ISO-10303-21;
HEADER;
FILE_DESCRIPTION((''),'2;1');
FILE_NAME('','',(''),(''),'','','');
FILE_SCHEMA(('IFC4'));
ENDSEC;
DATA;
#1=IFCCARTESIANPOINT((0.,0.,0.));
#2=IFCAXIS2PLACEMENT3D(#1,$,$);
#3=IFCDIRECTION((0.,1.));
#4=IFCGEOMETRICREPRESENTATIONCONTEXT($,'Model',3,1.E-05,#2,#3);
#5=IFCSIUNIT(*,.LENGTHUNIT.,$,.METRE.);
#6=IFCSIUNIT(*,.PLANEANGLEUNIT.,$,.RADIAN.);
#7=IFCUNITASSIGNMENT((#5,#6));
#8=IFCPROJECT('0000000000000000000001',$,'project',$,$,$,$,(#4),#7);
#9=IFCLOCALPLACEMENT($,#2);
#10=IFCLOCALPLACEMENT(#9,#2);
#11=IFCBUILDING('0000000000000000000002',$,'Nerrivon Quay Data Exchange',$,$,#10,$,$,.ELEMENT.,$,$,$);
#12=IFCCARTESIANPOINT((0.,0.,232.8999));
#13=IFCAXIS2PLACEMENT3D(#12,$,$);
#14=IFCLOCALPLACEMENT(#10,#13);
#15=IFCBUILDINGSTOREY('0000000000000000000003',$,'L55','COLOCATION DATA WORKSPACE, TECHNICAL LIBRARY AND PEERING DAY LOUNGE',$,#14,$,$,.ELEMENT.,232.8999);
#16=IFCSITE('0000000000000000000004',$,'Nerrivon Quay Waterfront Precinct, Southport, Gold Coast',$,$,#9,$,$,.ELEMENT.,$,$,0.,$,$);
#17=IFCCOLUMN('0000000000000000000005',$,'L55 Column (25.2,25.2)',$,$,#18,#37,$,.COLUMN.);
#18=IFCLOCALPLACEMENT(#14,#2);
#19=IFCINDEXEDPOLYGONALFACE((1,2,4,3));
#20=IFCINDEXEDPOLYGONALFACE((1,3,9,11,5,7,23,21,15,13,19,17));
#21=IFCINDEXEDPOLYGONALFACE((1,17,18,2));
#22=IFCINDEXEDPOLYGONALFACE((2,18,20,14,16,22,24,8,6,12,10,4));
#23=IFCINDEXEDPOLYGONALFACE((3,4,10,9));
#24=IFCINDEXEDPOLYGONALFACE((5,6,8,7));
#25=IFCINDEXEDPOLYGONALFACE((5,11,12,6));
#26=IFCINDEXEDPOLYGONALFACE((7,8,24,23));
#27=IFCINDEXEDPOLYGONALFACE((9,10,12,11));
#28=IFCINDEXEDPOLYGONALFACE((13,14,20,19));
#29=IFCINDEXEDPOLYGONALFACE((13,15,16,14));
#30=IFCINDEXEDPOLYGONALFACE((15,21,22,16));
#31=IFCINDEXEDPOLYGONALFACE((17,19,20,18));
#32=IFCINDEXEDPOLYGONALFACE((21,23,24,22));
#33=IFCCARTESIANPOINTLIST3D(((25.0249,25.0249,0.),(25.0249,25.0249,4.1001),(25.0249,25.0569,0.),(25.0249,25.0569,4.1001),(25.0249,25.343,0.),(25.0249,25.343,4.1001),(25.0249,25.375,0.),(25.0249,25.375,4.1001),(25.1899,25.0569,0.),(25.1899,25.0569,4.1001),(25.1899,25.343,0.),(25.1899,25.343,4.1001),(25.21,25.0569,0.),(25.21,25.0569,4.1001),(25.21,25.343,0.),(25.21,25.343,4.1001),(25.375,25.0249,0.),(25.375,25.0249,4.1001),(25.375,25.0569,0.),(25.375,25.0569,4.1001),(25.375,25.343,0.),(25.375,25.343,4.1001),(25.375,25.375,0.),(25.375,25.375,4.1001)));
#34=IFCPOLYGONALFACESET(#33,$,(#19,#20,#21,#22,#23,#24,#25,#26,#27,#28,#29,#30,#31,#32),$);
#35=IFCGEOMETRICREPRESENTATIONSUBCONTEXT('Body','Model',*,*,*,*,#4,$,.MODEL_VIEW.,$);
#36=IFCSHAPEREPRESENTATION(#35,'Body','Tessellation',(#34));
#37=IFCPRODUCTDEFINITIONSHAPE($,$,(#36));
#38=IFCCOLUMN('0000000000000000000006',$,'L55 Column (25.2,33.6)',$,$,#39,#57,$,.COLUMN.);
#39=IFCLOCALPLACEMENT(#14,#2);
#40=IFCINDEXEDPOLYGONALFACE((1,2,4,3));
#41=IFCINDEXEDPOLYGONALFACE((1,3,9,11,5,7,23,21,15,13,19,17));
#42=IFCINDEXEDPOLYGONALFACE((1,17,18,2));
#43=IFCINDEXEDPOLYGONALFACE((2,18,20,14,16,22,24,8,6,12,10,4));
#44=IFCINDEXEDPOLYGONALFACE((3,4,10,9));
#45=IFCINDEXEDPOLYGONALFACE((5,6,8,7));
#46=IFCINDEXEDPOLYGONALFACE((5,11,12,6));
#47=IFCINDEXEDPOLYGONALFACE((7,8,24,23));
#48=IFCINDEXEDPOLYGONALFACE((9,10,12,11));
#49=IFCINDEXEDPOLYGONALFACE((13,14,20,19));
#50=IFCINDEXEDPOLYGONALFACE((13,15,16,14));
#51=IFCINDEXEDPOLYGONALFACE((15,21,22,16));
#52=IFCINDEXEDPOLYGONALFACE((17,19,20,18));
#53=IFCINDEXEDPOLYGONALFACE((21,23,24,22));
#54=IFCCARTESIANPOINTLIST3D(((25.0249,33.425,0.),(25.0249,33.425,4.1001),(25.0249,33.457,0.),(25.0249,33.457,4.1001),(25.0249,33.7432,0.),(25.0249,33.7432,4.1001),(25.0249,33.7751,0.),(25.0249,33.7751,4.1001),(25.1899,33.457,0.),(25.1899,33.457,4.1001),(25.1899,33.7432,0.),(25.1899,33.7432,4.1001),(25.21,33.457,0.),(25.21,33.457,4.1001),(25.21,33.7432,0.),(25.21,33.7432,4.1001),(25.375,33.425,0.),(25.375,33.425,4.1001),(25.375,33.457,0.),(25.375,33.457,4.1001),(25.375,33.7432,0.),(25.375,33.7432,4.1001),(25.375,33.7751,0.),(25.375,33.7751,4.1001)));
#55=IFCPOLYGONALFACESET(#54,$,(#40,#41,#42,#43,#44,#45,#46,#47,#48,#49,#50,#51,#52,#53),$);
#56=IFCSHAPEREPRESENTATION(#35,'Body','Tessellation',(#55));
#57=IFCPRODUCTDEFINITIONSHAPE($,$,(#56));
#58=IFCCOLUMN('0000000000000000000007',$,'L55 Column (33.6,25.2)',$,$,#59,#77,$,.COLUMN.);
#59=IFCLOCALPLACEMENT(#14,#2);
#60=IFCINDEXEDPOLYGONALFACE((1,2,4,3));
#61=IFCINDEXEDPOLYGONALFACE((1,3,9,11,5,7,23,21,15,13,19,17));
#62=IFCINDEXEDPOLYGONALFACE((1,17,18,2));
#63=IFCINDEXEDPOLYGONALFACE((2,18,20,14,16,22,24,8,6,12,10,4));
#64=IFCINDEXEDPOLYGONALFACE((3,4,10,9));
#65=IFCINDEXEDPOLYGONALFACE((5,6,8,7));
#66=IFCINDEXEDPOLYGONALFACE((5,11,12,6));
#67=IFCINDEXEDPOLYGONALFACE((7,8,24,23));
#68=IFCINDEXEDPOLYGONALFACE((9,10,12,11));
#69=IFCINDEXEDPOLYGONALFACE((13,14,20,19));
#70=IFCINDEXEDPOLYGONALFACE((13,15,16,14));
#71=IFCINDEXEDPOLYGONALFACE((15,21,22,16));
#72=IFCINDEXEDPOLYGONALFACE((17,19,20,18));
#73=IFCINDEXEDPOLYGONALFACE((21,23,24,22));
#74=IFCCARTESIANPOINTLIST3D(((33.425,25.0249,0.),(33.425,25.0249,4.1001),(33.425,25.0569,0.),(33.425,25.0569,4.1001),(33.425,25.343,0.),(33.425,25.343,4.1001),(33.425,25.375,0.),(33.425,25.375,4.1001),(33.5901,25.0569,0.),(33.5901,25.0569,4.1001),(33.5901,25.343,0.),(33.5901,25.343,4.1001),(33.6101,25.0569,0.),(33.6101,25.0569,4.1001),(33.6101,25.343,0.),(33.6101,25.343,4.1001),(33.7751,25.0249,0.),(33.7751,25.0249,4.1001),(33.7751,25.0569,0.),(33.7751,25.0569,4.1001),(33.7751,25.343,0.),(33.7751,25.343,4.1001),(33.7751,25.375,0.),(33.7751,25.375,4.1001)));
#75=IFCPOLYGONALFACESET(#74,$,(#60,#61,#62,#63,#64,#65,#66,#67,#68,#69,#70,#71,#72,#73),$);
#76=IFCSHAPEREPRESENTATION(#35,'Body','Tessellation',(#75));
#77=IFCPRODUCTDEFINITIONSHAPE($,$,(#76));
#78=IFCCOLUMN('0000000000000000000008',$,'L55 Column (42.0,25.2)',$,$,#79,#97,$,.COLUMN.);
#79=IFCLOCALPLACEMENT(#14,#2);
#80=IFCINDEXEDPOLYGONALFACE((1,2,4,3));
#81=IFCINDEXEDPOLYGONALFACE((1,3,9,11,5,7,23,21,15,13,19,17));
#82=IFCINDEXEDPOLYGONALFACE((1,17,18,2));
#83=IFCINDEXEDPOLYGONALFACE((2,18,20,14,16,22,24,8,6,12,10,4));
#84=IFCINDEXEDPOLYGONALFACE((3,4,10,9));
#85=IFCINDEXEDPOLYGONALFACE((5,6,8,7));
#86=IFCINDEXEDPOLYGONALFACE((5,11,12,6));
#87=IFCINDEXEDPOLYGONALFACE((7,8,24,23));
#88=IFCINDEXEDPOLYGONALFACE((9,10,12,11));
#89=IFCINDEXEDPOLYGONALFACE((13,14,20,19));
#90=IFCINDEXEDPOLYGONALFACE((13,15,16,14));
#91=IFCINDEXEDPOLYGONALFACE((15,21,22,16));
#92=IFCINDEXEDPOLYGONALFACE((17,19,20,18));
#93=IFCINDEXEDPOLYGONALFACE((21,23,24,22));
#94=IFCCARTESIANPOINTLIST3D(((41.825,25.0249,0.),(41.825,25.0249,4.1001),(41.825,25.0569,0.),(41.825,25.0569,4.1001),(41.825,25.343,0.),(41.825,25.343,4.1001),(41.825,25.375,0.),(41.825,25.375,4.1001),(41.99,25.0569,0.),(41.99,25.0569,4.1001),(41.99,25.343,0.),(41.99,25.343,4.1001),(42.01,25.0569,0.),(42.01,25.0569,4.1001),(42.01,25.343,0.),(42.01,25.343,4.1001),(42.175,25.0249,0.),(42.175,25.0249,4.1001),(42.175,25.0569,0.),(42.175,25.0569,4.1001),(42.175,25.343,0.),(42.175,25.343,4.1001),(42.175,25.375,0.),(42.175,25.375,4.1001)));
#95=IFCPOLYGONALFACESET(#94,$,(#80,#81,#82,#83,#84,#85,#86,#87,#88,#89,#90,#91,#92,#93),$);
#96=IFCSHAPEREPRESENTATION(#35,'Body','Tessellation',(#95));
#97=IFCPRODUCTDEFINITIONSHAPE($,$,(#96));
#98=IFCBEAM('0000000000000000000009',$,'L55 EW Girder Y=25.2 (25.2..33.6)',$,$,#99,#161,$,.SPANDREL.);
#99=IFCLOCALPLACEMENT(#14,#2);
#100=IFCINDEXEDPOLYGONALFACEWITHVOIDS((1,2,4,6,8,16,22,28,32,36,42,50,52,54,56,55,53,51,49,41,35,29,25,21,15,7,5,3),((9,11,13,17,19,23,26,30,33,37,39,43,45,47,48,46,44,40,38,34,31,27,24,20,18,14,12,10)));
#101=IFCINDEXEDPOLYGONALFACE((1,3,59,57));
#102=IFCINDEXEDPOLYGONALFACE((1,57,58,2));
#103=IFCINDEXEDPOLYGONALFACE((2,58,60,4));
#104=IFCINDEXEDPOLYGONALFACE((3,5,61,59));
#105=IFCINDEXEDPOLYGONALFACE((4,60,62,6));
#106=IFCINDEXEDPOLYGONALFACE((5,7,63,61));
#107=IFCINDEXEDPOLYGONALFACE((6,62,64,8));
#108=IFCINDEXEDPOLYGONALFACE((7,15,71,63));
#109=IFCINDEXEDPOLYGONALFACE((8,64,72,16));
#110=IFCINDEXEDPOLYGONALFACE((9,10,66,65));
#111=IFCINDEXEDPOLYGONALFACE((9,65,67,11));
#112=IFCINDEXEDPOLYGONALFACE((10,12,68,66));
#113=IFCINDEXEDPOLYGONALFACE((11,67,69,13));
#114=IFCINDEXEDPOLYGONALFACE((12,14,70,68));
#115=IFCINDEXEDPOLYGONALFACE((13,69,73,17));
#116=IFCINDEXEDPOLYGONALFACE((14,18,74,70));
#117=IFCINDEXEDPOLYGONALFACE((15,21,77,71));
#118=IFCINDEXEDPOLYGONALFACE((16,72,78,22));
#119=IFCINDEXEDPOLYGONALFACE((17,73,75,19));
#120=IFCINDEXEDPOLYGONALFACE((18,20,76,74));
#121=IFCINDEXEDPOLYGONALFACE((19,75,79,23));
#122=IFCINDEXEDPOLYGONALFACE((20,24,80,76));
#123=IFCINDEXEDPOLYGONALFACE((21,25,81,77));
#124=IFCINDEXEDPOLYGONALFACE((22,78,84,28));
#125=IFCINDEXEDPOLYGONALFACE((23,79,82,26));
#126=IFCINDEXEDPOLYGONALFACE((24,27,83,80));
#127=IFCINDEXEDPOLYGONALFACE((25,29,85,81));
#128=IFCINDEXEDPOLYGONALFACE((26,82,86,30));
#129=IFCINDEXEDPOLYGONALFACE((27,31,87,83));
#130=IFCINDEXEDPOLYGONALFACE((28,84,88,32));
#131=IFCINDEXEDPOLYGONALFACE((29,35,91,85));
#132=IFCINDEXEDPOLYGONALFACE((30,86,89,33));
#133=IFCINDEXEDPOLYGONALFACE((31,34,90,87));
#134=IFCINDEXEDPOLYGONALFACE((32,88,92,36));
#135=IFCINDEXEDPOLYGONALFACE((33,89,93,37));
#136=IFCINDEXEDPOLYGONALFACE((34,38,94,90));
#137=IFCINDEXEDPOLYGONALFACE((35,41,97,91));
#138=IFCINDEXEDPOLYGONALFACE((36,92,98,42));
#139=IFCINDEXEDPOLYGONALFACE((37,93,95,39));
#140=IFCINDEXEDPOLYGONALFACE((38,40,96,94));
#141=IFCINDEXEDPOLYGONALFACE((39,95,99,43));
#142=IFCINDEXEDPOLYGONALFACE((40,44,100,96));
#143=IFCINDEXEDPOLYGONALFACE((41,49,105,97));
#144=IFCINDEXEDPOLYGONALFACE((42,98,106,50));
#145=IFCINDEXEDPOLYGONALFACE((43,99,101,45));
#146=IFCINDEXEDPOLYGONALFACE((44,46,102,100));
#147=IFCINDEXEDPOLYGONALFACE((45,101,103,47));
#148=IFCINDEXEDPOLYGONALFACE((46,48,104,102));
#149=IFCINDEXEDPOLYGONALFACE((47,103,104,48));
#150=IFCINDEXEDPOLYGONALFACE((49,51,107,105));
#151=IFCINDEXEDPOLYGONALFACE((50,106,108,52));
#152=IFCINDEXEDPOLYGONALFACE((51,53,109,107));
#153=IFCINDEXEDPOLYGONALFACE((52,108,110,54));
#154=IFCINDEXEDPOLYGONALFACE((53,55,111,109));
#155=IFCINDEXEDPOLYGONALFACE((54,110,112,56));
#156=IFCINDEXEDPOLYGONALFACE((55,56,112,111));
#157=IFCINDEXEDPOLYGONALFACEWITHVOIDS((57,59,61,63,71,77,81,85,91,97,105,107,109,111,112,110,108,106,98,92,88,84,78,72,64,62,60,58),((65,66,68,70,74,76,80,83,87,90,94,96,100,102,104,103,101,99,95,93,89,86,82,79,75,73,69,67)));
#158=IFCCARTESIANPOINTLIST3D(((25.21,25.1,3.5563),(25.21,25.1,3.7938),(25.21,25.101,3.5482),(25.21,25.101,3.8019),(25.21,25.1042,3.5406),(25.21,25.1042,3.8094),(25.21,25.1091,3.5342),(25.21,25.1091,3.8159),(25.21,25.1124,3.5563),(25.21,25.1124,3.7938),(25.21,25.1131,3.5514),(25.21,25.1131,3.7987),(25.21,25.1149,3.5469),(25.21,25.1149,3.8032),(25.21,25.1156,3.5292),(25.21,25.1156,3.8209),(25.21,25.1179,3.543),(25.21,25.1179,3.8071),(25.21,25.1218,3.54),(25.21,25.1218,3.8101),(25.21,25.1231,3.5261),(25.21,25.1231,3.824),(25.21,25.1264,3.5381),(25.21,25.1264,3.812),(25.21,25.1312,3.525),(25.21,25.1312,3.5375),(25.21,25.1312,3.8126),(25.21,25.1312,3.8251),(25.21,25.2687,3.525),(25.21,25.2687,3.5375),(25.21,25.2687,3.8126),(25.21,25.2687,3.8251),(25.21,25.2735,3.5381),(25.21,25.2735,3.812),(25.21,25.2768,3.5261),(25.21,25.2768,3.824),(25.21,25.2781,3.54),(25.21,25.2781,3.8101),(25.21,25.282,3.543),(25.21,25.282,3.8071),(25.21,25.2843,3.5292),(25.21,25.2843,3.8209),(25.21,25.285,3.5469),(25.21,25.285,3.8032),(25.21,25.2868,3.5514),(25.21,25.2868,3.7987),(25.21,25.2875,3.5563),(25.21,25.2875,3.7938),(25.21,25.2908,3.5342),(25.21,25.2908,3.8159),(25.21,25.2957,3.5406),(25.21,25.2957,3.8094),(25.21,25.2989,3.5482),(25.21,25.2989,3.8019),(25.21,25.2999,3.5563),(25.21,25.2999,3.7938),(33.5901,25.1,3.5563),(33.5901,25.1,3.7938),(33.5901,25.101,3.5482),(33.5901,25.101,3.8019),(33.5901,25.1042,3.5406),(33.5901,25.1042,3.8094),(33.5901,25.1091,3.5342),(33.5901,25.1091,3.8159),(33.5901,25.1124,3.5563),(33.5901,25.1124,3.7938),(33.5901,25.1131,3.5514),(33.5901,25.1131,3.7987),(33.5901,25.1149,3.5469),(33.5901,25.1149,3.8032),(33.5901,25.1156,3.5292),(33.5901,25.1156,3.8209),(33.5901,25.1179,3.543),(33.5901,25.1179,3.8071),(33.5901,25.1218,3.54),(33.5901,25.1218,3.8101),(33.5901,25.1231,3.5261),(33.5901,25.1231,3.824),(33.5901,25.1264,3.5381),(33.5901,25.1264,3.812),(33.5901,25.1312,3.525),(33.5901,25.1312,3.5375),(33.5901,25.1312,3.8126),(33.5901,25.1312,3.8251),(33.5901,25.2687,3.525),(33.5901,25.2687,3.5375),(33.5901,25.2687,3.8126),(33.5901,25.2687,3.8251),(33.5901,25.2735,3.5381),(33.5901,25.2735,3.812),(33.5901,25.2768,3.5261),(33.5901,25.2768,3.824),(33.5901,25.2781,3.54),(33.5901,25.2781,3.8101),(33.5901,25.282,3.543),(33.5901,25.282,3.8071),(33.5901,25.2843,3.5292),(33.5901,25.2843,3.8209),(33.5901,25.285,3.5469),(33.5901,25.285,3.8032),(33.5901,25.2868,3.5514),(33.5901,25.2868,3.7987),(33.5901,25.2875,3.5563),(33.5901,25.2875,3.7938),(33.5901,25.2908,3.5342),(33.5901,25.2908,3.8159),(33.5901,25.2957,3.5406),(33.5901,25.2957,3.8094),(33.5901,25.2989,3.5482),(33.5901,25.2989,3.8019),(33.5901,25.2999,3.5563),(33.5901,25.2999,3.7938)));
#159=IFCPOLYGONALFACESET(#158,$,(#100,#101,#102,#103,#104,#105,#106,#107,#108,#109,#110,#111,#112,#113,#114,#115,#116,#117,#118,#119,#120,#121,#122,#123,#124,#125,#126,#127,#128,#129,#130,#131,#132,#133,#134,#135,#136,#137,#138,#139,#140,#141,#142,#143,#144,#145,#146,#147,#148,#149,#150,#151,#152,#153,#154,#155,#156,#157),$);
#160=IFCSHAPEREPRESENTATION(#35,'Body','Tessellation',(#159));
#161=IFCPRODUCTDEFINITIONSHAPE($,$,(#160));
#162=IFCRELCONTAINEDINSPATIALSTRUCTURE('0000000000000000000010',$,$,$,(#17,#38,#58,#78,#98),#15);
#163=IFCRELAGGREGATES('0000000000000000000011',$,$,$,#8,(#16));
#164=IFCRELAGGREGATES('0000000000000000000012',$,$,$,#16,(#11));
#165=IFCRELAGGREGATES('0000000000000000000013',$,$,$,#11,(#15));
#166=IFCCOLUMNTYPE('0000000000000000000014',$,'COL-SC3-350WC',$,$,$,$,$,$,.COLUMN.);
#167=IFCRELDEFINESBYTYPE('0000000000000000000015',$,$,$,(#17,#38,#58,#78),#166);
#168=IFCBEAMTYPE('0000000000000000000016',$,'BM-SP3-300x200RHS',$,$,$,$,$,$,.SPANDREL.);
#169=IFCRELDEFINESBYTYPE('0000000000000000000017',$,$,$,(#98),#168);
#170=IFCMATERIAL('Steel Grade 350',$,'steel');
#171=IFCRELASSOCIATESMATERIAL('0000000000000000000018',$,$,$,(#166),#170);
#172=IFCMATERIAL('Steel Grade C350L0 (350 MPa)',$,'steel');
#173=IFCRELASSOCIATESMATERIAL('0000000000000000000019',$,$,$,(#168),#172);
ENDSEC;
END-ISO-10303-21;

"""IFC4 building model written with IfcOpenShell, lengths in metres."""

from ifc_helpers import new_model, si_unit, direction, frame, origin, origin_2d, place, context, subcontext, project, spatial, hollow_rectangle, i_section, extrude, material, material_profile, profile_set, type_object, element, save


model = new_model("IFC4")

# Units and contexts
model_context = context("Model", 3, precision=1e-05, world=origin(), true_north=direction((0.0, 1.0)))
body_context = subcontext(model_context, "Body", "Model", "MODEL_VIEW")
ifc_project = project(units=[si_unit("LENGTHUNIT", "METRE"), si_unit("PLANEANGLEUNIT", "RADIAN")], contexts=[model_context])

# Site, building, storey
site_placement = place(None, origin())
site = spatial("IfcSite", under=ifc_project, at=site_placement, Name="Nerrivon Quay Waterfront Precinct, Southport, Gold Coast", CompositionType="ELEMENT", RefElevation=0.0)
building_placement = place(site_placement, origin())
building = spatial("IfcBuilding", under=site, at=building_placement, Name="Nerrivon Quay Data Exchange", CompositionType="ELEMENT")
storey_placement = place(building_placement, frame((0.0, 0.0, 232.8999)))
storey = spatial("IfcBuildingStorey", under=building, at=storey_placement, Name="L55", Description="COLOCATION DATA WORKSPACE, TECHNICAL LIBRARY AND PEERING DAY LOUNGE", CompositionType="ELEMENT", Elevation=232.8999)

# Columns
ifc_material_1 = material(Name="Steel Grade 350", Category="steel")
ifc_material_profile_1 = material_profile(ifc_material_1, i_section(OverallWidth=0.3501, OverallDepth=0.3501, WebThickness=0.02, FlangeThickness=0.032, at=origin_2d()), Name="350WC230")
ifc_profile_set_1 = profile_set([ifc_material_profile_1], Name="Steel Grade 350")
column_type = type_object("IfcColumnType", Name="COL-SC3-350WC", PredefinedType="COLUMN", material=ifc_profile_set_1)
for number, where, z_axis, x_axis, name in (
    (1, (25.2, 25.2, 0.0), (0.0, 0.0, 1.0), (1.0, 0.0, 0.0), "L55 Column (25.2,25.2)"),
    (2, (25.2, 33.6001, 0.0), (0.0, 0.0, 1.0), (1.0, 0.0, 0.0), "L55 Column (25.2,33.6)"),
    (3, (33.6001, 25.2, 0.0), (0.0, 0.0, 1.0), (1.0, 0.0, 0.0), "L55 Column (33.6,25.2)"),
    (4, (42.0, 25.2, 0.0), (0.0, 0.0, 1.0), (1.0, 0.0, 0.0), "L55 Column (42.0,25.2)"),
):
    element("IfcColumn", number, at=place(storey_placement, frame(where, z_axis=z_axis, x_axis=x_axis)), inside=storey, type_object=column_type, Name=name, PredefinedType="COLUMN", context=body_context, shape_type="SweptSolid", body=[
        extrude(i_section(OverallWidth=0.3501, OverallDepth=0.3501, WebThickness=0.02, FlangeThickness=0.032, at=origin_2d()), origin(), (0.0, 0.0, 1.0), 4.1001),
    ])

# Beam
ifc_material_2 = material(Name="Steel Grade C350L0 (350 MPa)", Category="steel")
ifc_material_profile_2 = material_profile(ifc_material_2, hollow_rectangle(XDim=0.2, YDim=0.3, WallThickness=0.0125, InnerFilletRadius=0.0188, OuterFilletRadius=0.0312, at=origin_2d()), Name="300x200x12.5RHS")
ifc_profile_set_2 = profile_set([ifc_material_profile_2], Name="Steel Grade C350L0 (350 MPa)")
beam_type = type_object("IfcBeamType", Name="BM-SP3-300x200RHS", PredefinedType="SPANDREL", material=ifc_profile_set_2)
beam_1_placement = place(storey_placement, frame((25.21, 25.2, 3.675), z_axis=(1.0, 0.0, 0.0), x_axis=(0.0, 1.0, 0.0)))
element("IfcBeam", 5, at=beam_1_placement, inside=storey, type_object=beam_type, Name="L55 EW Girder Y=25.2 (25.2..33.6)", PredefinedType="SPANDREL", context=body_context, shape_type="SweptSolid", body=[
    extrude(hollow_rectangle(XDim=0.2, YDim=0.3, WallThickness=0.0125, InnerFilletRadius=0.0188, OuterFilletRadius=0.0312, at=origin_2d()), origin(), (0.0, 0.0, 1.0), 8.3801),
])

save(model, "model.ifc")
